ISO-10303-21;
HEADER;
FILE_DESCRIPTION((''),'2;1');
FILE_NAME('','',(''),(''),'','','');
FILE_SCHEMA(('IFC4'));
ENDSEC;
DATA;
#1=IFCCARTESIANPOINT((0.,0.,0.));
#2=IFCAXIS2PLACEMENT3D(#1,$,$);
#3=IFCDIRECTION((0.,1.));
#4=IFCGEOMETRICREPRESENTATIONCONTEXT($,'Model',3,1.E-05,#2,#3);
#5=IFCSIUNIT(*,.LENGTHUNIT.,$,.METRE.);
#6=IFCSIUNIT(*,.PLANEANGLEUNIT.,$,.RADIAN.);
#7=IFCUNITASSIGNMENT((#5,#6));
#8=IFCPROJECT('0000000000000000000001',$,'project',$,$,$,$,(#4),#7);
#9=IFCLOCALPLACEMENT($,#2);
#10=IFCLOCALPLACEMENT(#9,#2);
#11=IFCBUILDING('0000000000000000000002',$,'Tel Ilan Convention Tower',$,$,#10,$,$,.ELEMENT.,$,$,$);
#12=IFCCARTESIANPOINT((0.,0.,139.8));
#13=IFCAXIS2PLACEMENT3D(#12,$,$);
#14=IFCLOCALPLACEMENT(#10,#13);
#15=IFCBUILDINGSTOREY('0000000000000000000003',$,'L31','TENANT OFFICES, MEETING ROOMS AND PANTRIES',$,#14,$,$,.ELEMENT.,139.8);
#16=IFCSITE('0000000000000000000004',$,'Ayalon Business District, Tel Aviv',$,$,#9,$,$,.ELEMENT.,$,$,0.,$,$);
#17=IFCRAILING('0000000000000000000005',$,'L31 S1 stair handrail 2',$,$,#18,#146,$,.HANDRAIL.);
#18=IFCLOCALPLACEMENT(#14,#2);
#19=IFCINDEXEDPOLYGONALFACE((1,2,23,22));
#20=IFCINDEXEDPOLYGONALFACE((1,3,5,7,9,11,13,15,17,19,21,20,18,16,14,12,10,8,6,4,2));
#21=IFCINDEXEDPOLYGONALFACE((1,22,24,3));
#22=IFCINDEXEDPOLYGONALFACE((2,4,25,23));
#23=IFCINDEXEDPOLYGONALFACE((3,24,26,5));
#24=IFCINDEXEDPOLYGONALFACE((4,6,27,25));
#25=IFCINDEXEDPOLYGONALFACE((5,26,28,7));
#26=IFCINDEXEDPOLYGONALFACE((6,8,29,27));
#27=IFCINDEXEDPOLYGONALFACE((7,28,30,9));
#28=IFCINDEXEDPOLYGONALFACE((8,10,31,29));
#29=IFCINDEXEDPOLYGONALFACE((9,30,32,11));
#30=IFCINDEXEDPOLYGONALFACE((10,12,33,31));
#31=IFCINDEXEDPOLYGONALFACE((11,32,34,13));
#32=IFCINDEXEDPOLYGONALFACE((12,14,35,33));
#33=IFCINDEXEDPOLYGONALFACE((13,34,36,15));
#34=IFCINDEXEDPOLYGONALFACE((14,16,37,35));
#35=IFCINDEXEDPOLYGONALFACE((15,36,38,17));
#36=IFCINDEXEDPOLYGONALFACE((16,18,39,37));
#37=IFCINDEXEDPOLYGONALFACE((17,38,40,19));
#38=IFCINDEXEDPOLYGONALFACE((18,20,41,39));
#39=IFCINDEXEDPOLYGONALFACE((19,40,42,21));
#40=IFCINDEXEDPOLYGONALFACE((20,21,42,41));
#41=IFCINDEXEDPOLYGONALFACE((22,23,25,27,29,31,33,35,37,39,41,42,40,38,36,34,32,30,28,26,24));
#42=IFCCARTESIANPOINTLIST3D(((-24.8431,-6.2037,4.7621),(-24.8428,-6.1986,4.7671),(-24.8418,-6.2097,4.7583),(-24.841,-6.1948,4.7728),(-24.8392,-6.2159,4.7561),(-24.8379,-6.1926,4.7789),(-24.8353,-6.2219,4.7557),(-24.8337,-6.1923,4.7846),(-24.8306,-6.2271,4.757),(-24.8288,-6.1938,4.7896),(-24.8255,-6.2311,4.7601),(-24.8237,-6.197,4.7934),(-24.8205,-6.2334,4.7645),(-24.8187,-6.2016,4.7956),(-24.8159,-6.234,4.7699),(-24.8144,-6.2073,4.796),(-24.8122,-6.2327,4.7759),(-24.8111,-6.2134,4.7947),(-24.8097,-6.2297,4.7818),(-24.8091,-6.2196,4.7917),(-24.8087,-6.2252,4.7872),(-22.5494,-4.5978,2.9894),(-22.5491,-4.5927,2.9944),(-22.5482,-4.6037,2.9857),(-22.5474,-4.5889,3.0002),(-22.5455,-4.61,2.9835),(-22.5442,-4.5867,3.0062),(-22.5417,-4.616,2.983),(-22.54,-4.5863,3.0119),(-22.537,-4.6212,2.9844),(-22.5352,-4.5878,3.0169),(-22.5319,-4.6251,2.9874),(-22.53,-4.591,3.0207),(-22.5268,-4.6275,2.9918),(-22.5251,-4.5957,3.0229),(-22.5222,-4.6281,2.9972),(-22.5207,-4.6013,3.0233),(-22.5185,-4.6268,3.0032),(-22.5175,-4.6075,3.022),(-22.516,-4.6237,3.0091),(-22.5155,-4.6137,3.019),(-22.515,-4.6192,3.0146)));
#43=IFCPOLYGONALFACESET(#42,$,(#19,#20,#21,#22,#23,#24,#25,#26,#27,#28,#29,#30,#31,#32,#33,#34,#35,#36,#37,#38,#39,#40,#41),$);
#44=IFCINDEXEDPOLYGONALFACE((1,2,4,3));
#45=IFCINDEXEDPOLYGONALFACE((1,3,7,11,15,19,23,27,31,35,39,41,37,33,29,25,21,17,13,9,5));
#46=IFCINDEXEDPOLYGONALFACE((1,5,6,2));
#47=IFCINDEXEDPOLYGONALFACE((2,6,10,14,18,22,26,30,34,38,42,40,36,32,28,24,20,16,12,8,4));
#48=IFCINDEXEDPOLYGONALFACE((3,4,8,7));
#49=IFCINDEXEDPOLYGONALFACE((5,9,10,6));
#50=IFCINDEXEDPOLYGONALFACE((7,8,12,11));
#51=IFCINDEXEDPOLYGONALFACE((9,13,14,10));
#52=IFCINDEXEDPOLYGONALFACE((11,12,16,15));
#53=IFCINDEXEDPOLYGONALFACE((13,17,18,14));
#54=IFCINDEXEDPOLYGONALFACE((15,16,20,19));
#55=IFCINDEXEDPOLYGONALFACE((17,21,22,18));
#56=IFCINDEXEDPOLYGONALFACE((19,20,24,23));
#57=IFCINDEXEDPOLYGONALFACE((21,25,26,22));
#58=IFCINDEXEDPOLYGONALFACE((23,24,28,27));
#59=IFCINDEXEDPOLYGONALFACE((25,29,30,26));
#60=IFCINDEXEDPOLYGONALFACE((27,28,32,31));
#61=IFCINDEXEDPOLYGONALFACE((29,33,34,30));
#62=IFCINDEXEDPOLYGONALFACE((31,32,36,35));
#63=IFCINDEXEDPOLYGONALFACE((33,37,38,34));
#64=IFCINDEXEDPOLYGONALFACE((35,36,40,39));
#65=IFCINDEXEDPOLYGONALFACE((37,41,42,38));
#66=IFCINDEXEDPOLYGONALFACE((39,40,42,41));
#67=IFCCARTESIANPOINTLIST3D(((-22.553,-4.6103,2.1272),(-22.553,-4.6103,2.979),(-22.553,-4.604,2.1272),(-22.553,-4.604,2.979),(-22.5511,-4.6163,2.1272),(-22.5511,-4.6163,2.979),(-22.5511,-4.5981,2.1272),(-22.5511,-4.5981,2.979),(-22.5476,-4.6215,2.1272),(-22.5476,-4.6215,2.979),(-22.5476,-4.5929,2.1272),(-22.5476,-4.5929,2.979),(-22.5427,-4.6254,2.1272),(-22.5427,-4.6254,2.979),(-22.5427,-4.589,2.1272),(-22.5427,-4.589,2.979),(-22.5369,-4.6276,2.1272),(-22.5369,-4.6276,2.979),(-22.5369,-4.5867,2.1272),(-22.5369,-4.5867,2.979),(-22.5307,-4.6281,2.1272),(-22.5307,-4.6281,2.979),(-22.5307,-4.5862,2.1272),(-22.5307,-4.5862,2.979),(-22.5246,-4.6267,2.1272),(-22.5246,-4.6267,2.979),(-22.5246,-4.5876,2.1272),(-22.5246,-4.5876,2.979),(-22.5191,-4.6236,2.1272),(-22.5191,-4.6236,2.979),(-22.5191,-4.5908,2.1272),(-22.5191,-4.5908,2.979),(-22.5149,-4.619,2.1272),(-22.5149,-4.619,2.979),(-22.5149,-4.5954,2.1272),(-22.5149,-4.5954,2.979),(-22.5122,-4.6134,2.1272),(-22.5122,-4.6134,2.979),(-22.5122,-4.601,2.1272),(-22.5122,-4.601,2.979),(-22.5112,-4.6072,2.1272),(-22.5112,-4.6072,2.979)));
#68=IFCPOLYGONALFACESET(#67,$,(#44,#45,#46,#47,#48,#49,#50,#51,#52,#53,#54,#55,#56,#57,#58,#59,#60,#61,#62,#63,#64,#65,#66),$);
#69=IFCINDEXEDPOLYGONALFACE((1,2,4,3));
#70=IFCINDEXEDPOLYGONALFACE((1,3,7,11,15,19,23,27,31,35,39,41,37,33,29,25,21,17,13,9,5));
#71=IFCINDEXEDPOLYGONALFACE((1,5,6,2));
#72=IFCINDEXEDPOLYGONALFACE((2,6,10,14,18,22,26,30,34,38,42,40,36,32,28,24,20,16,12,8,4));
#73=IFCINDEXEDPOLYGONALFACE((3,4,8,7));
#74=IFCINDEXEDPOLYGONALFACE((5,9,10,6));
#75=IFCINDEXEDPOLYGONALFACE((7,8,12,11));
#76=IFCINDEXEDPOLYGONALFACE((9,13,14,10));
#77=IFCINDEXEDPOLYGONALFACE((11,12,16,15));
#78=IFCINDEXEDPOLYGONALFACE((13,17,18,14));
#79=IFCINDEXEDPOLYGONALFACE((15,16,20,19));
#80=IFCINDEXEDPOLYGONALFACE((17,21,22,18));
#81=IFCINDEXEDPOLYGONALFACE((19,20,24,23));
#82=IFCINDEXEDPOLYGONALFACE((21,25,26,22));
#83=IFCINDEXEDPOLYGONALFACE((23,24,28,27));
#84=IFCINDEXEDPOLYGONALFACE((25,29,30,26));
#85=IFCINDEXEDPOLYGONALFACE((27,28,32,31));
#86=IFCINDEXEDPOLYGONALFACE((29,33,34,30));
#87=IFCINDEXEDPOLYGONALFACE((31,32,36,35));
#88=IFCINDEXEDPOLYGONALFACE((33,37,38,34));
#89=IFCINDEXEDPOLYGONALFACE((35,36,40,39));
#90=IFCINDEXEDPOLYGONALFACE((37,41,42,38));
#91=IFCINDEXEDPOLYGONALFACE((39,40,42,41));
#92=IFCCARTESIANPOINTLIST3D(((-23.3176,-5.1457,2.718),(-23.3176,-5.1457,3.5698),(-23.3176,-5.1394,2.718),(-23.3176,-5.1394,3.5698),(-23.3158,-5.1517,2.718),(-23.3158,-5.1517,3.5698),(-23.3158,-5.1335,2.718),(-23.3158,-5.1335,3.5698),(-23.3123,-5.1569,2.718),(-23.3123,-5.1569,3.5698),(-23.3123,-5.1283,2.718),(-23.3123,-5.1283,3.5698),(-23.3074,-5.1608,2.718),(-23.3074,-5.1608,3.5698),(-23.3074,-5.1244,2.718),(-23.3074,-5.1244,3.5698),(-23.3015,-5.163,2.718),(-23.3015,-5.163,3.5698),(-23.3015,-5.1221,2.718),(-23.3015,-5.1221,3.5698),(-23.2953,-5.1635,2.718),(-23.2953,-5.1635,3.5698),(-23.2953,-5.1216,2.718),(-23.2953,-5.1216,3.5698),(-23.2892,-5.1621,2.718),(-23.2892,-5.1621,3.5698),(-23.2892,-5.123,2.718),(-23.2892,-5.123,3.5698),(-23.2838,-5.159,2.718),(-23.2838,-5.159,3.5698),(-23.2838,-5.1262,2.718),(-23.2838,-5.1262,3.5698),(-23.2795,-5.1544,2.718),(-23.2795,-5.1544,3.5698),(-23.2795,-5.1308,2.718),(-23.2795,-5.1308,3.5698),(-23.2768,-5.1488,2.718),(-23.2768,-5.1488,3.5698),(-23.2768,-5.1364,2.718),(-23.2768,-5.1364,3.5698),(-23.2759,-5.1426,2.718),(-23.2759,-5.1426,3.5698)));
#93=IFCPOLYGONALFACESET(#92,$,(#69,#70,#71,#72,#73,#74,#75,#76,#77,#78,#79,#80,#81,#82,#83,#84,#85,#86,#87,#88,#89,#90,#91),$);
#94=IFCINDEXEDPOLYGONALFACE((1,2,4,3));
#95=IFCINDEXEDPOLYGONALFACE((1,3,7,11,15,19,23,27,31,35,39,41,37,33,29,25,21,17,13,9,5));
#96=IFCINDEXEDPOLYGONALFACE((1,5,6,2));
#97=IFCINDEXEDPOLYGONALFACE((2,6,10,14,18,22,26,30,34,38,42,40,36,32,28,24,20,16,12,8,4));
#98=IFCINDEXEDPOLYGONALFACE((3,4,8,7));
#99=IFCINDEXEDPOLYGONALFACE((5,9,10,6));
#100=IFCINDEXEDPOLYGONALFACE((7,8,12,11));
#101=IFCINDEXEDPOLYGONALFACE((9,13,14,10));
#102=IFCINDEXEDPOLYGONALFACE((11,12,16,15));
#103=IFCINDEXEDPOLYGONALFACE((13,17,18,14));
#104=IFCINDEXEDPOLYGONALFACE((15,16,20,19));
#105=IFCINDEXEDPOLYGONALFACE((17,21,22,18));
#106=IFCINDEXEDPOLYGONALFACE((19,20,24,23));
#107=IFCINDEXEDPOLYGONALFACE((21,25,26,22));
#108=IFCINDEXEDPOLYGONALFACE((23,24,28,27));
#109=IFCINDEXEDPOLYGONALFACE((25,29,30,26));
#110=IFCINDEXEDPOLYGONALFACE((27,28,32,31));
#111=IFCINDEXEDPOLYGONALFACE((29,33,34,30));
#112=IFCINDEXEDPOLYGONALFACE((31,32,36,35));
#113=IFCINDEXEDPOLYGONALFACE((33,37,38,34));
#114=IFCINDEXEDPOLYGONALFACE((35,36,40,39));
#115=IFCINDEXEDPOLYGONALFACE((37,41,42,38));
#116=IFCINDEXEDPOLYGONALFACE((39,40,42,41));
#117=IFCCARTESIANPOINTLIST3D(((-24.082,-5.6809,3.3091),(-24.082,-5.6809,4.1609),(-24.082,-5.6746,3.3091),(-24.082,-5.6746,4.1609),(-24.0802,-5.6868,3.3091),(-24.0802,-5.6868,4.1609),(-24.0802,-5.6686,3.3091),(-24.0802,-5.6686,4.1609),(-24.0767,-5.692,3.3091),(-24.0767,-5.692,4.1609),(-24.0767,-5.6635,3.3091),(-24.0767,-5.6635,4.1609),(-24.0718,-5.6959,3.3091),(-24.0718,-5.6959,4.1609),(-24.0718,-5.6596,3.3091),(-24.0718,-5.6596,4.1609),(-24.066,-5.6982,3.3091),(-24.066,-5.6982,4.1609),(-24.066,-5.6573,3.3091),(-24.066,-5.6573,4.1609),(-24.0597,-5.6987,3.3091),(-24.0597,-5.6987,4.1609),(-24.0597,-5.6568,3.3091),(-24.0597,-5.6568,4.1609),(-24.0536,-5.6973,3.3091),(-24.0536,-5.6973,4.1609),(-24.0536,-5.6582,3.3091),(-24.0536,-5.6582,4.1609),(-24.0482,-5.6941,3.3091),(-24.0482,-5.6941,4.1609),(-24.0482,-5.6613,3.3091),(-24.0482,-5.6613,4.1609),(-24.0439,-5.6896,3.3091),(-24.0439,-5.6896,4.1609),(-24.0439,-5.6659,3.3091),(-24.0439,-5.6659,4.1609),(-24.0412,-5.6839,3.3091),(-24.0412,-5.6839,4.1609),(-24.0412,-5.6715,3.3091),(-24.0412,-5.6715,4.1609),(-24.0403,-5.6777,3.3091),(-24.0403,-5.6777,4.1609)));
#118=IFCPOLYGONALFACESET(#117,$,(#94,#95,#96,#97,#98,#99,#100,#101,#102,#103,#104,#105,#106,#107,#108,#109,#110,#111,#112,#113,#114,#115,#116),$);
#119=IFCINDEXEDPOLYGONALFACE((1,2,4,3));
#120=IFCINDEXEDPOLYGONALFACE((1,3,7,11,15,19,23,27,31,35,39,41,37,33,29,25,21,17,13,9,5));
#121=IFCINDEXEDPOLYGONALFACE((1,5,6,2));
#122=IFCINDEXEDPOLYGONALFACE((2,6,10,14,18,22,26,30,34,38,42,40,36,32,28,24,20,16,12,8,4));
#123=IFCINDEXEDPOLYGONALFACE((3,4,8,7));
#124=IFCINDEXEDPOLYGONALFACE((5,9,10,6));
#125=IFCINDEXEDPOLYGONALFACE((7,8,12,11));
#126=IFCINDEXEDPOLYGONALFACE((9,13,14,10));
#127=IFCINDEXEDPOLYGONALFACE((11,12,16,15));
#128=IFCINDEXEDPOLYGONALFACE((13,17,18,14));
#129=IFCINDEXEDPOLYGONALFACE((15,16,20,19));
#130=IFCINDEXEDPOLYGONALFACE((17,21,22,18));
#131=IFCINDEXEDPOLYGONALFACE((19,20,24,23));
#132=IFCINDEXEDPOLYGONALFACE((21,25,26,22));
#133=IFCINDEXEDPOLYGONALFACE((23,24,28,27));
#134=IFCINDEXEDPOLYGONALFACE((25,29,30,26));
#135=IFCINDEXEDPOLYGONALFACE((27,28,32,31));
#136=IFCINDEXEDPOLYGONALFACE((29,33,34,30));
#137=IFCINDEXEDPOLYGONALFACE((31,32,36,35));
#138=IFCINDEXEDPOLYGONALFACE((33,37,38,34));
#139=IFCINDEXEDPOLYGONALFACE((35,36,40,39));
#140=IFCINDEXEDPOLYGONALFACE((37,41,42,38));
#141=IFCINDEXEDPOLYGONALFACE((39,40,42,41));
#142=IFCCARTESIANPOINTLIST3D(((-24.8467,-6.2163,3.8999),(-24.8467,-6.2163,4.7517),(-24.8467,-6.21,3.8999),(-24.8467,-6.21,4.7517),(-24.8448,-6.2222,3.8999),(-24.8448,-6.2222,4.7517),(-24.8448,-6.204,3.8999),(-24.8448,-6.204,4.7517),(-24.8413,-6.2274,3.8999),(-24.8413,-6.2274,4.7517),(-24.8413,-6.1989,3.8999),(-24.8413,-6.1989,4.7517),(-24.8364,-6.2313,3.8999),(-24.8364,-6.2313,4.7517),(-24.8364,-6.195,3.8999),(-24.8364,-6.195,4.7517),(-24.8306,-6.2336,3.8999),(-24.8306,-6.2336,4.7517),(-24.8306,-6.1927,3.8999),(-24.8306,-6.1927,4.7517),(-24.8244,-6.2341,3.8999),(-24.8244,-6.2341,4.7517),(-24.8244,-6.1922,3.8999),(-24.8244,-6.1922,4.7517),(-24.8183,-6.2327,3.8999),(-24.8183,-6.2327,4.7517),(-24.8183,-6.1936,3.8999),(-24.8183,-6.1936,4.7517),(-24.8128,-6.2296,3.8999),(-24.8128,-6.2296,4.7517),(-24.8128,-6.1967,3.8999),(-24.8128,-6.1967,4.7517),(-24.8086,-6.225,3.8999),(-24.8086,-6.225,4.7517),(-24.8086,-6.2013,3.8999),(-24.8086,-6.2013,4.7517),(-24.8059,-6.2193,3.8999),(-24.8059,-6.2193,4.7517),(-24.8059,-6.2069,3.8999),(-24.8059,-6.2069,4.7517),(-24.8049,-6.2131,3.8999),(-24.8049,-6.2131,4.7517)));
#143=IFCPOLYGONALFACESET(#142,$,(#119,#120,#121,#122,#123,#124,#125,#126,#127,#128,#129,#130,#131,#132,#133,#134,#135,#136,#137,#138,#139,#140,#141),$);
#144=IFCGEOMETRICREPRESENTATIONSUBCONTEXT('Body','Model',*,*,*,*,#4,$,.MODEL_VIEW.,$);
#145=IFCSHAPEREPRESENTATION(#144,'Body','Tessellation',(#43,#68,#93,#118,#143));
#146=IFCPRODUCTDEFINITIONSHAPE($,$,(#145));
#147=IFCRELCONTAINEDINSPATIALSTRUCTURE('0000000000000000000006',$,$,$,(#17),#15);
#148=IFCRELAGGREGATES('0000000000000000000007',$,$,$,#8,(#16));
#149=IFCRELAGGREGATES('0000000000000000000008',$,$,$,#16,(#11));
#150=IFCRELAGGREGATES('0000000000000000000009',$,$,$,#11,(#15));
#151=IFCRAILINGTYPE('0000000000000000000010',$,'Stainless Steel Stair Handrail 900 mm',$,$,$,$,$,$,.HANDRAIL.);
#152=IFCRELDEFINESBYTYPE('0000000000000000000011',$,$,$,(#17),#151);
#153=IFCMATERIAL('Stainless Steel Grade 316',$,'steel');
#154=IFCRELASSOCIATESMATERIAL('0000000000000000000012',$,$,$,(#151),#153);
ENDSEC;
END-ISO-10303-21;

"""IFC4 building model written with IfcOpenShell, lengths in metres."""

from ifc_helpers import new_model, si_unit, direction, frame, origin, origin_2d, place, context, subcontext, project, spatial, circle, extrude, material, type_object, element, save


model = new_model("IFC4")

# Units and contexts
model_context = context("Model", 3, precision=1e-05, world=origin(), true_north=direction((0.0, 1.0)))
body_context = subcontext(model_context, "Body", "Model", "MODEL_VIEW")
ifc_project = project(units=[si_unit("LENGTHUNIT", "METRE"), si_unit("PLANEANGLEUNIT", "RADIAN")], contexts=[model_context])

# Site, building, storey
site_placement = place(None, origin())
site = spatial("IfcSite", under=ifc_project, at=site_placement, Name="Ayalon Business District, Tel Aviv", CompositionType="ELEMENT", RefElevation=0.0)
building_placement = place(site_placement, origin())
building = spatial("IfcBuilding", under=site, at=building_placement, Name="Tel Ilan Convention Tower", CompositionType="ELEMENT")
storey_placement = place(building_placement, frame((0.0, 0.0, 139.8)))
storey = spatial("IfcBuildingStorey", under=building, at=storey_placement, Name="L31", Description="TENANT OFFICES, MEETING ROOMS AND PANTRIES", CompositionType="ELEMENT", Elevation=139.8)

# Railing
ifc_material_1 = material(Name="Stainless Steel Grade 316", Category="steel")
railing_type_1 = type_object("IfcRailingType", Name="Stainless Steel Stair Handrail 900 mm", PredefinedType="HANDRAIL", material=ifc_material_1)
railing_1_placement = place(storey_placement, frame((-22.5322, -4.6072, 2.1272)))
element("IfcRailing", 1, at=railing_1_placement, inside=storey, type_object=railing_type_1, Name="L31 S1 stair handrail 2", PredefinedType="HANDRAIL", context=body_context, shape_type="SweptSolid", body=[
    extrude(circle(Radius=0.0239, at=origin_2d()), frame((0.0, 0.0, 0.876), z_axis=(-0.692123, -0.484597, 0.534913), x_axis=(0.57355, -0.81917, 0.0)), (0.0, 0.0, 1.0), 3.314),
    extrude(circle(Radius=0.021, at=origin_2d()), origin(), (0.0, 0.0, 1.0), 0.8518),
    extrude(circle(Radius=0.021, at=origin_2d()), frame((-0.7646, -0.5354, 0.5908)), (0.0, 0.0, 1.0), 0.8518),
    extrude(circle(Radius=0.021, at=origin_2d()), frame((-1.5291, -1.0706, 1.1819)), (0.0, 0.0, 1.0), 0.8518),
    extrude(circle(Radius=0.021, at=origin_2d()), frame((-2.2937, -1.606, 1.7727)), (0.0, 0.0, 1.0), 0.8518),
])

save(model, "model.ifc")
